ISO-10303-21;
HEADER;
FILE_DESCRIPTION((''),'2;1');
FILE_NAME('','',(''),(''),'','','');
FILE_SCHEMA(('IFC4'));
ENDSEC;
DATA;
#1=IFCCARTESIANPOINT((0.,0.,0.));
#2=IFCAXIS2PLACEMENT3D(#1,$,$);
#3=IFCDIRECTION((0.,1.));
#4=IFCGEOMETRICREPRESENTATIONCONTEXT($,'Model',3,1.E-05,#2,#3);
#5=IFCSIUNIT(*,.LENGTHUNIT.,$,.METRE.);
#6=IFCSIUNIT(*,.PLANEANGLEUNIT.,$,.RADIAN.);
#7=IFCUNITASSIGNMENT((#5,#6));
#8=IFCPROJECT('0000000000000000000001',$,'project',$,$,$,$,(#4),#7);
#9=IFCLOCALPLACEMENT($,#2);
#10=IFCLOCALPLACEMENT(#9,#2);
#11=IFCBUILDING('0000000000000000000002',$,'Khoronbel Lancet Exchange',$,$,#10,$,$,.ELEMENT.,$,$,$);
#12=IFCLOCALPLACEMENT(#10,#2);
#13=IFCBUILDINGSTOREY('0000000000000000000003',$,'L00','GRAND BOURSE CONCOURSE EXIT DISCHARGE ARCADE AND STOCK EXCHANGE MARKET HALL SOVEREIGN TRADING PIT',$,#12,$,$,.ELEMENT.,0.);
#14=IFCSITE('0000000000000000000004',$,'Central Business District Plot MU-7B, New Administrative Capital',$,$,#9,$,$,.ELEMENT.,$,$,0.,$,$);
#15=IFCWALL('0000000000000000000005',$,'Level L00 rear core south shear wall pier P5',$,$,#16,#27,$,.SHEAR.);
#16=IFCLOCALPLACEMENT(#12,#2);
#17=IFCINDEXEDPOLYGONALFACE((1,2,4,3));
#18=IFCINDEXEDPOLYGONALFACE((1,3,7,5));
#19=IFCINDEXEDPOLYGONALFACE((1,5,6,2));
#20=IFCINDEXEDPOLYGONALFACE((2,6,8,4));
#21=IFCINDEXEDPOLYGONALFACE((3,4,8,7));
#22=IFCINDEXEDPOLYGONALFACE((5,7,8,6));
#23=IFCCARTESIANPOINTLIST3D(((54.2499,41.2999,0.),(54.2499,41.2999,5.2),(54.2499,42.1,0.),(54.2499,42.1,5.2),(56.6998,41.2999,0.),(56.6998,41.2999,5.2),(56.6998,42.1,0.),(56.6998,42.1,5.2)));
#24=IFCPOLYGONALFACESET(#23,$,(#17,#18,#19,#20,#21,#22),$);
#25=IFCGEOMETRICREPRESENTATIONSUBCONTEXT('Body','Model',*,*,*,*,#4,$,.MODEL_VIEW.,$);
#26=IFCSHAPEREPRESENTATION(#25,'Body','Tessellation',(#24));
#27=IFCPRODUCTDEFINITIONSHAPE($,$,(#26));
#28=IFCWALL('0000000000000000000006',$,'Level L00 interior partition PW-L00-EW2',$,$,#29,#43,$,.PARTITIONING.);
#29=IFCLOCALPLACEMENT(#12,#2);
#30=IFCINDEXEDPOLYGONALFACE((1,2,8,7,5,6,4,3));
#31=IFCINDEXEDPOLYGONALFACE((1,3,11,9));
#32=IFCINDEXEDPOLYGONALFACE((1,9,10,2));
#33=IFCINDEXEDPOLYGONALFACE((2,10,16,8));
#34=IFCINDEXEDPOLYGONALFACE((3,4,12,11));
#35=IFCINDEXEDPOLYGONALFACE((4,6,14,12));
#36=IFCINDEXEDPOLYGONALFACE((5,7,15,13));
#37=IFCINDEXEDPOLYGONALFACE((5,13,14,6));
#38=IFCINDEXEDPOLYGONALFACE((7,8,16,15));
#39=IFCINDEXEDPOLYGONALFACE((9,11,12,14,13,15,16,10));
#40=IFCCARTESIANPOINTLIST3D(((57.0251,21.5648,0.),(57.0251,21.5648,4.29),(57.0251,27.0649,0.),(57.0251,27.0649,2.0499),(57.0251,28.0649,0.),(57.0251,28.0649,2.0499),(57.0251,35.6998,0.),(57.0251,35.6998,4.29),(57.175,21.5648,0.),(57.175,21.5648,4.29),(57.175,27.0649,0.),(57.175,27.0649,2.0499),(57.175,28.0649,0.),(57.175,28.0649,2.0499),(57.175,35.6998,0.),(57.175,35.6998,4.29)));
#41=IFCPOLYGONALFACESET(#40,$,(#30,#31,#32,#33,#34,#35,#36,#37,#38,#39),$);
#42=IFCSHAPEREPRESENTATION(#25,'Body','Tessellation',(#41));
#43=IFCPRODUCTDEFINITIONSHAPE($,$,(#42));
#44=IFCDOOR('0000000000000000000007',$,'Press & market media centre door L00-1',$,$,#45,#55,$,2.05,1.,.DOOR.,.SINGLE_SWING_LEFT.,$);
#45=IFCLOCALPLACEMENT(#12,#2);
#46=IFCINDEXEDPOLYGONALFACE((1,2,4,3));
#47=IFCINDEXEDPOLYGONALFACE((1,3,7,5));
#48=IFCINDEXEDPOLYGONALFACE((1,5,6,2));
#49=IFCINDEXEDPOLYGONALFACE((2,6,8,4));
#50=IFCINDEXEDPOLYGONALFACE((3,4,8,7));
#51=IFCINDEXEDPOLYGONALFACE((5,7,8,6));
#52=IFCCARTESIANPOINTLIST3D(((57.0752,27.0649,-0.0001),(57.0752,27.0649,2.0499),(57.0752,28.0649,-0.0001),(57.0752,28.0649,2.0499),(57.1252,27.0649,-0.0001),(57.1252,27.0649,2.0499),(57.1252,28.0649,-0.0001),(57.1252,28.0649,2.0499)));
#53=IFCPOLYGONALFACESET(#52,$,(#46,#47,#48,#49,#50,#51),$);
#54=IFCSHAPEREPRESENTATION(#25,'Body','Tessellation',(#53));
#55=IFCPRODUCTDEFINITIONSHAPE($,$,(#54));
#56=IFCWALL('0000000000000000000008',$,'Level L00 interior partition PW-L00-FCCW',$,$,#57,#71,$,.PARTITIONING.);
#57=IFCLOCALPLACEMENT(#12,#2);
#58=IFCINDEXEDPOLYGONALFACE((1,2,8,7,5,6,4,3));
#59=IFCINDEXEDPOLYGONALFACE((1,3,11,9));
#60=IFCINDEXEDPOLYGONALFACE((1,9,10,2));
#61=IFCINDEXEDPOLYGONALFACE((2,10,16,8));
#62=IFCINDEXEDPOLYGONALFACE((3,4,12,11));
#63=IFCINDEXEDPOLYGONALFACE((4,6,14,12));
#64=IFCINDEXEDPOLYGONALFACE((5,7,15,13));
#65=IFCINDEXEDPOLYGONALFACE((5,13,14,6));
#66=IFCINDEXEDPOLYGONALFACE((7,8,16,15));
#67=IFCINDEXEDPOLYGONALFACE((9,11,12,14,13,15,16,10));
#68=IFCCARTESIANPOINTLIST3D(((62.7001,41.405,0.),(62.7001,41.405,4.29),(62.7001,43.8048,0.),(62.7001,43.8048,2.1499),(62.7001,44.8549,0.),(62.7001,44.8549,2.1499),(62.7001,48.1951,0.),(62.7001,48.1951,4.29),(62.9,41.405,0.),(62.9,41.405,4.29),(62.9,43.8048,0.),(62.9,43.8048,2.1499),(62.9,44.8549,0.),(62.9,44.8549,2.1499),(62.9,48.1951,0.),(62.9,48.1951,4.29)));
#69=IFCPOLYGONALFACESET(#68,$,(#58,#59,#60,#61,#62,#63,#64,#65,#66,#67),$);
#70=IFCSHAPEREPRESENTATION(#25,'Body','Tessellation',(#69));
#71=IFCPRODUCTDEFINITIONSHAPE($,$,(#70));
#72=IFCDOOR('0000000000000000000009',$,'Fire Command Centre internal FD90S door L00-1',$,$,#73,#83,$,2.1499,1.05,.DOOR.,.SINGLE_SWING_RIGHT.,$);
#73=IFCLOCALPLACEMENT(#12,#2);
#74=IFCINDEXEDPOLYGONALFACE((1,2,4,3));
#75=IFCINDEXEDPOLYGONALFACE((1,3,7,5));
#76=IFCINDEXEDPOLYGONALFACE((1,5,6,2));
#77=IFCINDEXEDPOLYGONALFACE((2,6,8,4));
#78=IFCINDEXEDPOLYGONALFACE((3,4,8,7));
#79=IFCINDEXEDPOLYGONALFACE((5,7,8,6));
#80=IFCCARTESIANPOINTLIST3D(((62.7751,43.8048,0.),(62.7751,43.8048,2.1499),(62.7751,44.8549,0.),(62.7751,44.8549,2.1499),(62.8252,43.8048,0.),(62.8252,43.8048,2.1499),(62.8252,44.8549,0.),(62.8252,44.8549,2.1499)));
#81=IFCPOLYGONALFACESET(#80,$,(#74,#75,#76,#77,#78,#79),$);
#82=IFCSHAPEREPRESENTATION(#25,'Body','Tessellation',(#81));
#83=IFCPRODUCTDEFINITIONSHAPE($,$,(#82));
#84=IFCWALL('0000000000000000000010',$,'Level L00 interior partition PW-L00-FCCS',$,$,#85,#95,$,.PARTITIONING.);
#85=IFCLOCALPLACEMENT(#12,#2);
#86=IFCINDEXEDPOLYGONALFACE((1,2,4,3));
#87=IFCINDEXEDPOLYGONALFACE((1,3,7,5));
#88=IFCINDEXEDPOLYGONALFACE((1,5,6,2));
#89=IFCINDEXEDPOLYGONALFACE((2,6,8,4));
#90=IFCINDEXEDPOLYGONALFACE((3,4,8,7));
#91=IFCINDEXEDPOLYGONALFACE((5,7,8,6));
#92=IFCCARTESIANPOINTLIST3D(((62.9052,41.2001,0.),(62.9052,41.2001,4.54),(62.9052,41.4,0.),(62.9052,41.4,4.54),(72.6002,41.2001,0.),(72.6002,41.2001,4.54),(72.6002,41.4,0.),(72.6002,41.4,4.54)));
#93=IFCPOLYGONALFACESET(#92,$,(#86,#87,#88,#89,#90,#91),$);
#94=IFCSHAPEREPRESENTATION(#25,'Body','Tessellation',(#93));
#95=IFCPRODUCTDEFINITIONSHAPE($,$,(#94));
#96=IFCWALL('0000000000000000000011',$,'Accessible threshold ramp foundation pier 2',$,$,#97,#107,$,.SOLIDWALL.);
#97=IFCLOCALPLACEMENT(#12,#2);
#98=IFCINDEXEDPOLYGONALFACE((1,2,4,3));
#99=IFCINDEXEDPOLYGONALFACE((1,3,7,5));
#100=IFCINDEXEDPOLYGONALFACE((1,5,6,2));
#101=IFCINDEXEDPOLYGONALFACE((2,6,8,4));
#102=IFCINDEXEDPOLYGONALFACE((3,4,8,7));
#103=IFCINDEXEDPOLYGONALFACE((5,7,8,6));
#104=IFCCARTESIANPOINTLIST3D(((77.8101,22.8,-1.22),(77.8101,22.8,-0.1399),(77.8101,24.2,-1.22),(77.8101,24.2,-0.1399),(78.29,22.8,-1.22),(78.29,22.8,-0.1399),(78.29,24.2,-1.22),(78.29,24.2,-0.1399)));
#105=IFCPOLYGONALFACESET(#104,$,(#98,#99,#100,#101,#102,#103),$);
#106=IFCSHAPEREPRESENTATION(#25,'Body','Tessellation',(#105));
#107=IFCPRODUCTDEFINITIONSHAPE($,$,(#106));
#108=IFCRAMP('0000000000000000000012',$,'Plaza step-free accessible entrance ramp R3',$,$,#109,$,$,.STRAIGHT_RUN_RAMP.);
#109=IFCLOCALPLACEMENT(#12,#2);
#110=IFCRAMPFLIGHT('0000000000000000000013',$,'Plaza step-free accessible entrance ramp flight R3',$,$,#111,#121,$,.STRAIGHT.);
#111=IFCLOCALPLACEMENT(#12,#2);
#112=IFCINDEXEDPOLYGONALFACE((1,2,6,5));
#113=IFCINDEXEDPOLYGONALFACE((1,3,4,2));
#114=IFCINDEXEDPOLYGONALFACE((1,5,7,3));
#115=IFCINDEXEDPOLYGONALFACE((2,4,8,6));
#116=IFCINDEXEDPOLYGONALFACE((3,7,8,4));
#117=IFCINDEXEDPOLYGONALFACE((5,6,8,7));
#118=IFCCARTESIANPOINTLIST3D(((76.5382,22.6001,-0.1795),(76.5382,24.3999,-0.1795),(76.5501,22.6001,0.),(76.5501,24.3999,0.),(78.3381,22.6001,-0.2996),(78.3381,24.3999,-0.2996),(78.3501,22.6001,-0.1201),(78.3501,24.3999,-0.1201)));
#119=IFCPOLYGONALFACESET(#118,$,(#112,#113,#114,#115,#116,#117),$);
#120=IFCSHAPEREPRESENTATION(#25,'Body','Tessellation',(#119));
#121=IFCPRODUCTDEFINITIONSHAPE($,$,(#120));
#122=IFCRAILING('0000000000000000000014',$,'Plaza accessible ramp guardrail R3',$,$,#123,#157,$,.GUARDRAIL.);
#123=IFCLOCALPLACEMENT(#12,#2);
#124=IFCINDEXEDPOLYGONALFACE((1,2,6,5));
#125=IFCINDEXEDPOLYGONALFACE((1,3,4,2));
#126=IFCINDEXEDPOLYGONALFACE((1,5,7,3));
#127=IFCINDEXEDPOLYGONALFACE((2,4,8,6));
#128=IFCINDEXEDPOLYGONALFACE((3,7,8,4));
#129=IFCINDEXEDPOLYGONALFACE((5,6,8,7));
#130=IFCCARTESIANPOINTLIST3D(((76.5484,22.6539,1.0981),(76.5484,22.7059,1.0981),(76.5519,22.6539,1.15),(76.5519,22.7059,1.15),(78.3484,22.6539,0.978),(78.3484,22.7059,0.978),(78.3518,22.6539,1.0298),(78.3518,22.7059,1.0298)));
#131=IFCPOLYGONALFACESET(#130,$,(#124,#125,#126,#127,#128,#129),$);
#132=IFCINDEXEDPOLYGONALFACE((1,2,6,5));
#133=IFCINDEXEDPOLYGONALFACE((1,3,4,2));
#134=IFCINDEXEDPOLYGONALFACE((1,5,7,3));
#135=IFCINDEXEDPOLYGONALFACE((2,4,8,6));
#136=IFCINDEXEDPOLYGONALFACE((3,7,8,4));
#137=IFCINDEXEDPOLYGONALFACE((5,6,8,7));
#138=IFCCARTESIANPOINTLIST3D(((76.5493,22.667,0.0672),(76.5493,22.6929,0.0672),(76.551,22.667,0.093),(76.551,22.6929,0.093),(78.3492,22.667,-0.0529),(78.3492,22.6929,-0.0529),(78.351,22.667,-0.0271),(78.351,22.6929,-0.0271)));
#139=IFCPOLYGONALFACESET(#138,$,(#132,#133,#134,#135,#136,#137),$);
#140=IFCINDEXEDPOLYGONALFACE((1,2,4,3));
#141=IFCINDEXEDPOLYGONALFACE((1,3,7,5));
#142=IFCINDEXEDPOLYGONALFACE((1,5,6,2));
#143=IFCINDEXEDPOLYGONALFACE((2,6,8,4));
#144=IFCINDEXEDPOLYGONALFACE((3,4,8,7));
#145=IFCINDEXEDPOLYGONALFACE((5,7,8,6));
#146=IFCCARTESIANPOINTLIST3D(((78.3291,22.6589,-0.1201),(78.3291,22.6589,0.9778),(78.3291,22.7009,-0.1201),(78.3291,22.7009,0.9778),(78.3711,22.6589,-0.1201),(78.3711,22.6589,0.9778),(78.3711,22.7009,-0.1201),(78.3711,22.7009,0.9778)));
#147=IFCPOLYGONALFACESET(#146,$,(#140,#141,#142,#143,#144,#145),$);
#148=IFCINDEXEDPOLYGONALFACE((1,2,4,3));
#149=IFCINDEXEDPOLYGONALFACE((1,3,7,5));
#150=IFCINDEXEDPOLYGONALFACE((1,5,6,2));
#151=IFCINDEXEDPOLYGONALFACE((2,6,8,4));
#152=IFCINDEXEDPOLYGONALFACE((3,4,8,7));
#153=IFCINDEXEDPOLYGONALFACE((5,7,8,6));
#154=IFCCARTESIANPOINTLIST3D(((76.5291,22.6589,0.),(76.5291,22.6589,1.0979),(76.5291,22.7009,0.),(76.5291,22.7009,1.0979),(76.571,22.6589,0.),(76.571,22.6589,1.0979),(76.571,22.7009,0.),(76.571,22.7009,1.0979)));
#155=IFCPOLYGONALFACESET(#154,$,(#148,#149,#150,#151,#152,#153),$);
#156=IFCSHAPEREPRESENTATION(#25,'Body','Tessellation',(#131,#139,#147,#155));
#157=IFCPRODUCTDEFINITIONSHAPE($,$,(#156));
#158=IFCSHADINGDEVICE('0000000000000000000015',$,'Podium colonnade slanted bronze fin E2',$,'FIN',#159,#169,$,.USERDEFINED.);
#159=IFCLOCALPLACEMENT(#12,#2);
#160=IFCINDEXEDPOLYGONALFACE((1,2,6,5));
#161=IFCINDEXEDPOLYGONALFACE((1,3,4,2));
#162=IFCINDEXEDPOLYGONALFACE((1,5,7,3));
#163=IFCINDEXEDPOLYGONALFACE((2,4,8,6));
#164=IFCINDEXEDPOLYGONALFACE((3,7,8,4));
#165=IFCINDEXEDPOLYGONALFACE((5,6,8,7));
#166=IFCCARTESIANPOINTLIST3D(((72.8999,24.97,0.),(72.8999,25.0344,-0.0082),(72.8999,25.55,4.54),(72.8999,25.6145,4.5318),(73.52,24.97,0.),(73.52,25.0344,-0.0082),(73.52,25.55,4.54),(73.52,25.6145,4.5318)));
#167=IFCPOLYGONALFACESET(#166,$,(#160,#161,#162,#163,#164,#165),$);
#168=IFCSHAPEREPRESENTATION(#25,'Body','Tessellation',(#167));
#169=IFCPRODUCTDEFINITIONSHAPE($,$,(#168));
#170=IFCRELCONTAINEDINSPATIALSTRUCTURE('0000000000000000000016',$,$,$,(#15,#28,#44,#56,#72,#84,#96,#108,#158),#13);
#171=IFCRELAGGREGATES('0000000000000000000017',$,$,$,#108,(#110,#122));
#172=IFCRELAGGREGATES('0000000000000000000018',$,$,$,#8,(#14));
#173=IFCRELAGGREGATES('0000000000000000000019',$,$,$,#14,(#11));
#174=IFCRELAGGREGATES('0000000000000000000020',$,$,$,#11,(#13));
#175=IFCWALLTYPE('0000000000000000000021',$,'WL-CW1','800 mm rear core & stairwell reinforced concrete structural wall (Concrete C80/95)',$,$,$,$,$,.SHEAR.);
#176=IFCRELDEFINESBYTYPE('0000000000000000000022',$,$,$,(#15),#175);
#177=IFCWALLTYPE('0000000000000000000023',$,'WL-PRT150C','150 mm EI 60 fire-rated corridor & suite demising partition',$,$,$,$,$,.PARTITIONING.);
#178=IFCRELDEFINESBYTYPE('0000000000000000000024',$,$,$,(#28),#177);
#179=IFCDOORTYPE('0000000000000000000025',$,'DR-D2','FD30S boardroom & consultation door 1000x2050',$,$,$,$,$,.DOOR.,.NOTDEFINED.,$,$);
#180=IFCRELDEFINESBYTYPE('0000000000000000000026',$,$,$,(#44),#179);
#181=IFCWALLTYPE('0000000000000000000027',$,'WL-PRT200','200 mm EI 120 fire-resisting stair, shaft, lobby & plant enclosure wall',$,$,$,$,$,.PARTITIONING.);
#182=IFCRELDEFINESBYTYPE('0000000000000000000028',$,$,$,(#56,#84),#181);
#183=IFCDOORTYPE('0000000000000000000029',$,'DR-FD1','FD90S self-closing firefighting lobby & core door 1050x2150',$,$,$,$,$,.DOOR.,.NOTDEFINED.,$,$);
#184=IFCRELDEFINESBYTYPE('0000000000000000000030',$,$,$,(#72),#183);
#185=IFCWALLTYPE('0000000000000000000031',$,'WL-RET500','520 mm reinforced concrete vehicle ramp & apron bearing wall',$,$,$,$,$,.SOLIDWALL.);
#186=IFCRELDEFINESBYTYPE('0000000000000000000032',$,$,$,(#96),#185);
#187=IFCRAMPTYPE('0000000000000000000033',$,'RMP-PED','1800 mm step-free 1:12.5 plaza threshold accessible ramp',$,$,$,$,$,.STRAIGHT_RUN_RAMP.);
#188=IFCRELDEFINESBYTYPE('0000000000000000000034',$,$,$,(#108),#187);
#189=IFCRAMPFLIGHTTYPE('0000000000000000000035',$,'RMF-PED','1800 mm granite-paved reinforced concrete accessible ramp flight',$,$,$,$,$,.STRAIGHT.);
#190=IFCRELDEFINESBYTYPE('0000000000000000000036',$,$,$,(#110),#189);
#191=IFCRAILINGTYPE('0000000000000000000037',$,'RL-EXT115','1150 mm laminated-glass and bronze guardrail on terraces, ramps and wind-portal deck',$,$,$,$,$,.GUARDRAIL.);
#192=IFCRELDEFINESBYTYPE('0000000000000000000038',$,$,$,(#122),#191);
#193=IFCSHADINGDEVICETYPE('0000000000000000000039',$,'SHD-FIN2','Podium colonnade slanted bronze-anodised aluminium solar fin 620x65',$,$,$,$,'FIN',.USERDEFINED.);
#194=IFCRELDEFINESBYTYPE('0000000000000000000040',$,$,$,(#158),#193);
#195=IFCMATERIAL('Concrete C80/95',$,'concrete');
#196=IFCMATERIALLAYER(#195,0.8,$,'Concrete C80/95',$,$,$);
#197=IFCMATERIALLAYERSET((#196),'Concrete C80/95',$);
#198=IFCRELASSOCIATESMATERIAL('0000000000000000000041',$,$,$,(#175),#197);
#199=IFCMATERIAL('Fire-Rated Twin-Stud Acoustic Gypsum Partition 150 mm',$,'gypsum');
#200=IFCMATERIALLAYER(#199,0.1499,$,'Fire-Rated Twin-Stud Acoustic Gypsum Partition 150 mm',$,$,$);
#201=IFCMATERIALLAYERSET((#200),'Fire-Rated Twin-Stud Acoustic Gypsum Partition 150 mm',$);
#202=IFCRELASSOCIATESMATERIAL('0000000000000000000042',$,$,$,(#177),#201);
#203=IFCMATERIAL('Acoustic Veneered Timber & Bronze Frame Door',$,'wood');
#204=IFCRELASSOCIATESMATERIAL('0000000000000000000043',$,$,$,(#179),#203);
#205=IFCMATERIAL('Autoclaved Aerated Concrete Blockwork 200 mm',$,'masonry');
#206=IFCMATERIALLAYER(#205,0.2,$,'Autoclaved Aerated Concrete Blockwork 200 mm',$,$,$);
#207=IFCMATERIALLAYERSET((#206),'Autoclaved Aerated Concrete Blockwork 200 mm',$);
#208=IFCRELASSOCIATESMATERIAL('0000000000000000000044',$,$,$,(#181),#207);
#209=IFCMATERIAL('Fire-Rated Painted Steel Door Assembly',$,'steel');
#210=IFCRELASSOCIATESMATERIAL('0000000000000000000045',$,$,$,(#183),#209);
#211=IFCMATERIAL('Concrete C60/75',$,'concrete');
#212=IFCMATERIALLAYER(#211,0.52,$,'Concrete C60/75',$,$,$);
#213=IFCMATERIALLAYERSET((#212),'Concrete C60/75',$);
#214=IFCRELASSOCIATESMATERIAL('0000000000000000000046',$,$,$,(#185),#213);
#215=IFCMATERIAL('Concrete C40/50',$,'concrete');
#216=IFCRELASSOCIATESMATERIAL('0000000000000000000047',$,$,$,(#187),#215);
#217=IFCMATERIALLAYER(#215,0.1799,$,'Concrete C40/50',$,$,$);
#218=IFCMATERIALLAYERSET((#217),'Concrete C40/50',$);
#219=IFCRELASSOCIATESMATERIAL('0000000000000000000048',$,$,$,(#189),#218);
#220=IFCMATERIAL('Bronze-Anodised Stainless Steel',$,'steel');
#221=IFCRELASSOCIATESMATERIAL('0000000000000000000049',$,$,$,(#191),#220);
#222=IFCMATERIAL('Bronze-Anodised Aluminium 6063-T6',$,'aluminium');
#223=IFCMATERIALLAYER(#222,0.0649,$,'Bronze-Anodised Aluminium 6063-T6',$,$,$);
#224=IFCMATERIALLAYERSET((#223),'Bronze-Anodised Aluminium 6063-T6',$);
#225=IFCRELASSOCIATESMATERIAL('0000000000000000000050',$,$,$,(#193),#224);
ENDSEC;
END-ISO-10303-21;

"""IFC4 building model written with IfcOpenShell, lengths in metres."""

from ifc_helpers import new_model, si_unit, direction, frame, frame_2d, origin, origin_2d, place, context, subcontext, project, spatial, polyline, rectangle, outline, extrude, material, layer, layer_set, type_object, element, fill, aggregate, save


model = new_model("IFC4")

# Units and contexts
model_context = context("Model", 3, precision=1e-05, world=origin(), true_north=direction((0.0, 1.0)))
body_context = subcontext(model_context, "Body", "Model", "MODEL_VIEW")
ifc_project = project(units=[si_unit("LENGTHUNIT", "METRE"), si_unit("PLANEANGLEUNIT", "RADIAN")], contexts=[model_context])

# Site, building, storey
site_placement = place(None, origin())
site = spatial("IfcSite", under=ifc_project, at=site_placement, Name="Central Business District Plot MU-7B, New Administrative Capital", CompositionType="ELEMENT", RefElevation=0.0)
building_placement = place(site_placement, origin())
building = spatial("IfcBuilding", under=site, at=building_placement, Name="Khoronbel Lancet Exchange", CompositionType="ELEMENT")
storey_placement = place(building_placement, origin())
storey = spatial("IfcBuildingStorey", under=building, at=storey_placement, Name="L00", Description="GRAND BOURSE CONCOURSE EXIT DISCHARGE ARCADE AND STOCK EXCHANGE MARKET HALL SOVEREIGN TRADING PIT", CompositionType="ELEMENT", Elevation=0.0)

# Shared definitions
ifc_material_1 = material(Name="Concrete C60/75", Category="concrete")

# Wall
ifc_material_2 = material(Name="Concrete C80/95", Category="concrete")
ifc_layer_1 = layer(ifc_material_2, 0.8, Name="Concrete C80/95")
ifc_layer_set_1 = layer_set([ifc_layer_1], Name="Concrete C80/95")
wall_type_1 = type_object("IfcWallType", Name="WL-CW1", Description="800 mm rear core & stairwell reinforced concrete structural wall (Concrete C80/95)", PredefinedType="SHEAR", material=ifc_layer_set_1)
wall_1_placement = place(storey_placement, frame((56.7, 41.7, 0.0), z_axis=(0.0, 0.0, 1.0), x_axis=(-1.0, 0.0, 0.0)))
element("IfcWall", 1, at=wall_1_placement, inside=storey, type_object=wall_type_1, Name="Level L00 rear core south shear wall pier P5", PredefinedType="SHEAR", context=body_context, shape_type="SweptSolid", body=[
    extrude(rectangle(XDim=2.45, YDim=0.8, at=frame_2d((1.2251, 0.0))), origin(), (0.0, 0.0, 1.0), 5.2),
])

# Walls, openings, doors
ifc_material_3 = material(Name="Fire-Rated Twin-Stud Acoustic Gypsum Partition 150 mm", Category="gypsum")
ifc_layer_2 = layer(ifc_material_3, 0.1499, Name="Fire-Rated Twin-Stud Acoustic Gypsum Partition 150 mm")
ifc_layer_set_2 = layer_set([ifc_layer_2], Name="Fire-Rated Twin-Stud Acoustic Gypsum Partition 150 mm")
wall_type_2 = type_object("IfcWallType", Name="WL-PRT150C", Description="150 mm EI 60 fire-rated corridor & suite demising partition", PredefinedType="PARTITIONING", material=ifc_layer_set_2)
wall_2_placement = place(storey_placement, frame((57.1001, 21.5649, 0.0), z_axis=(0.0, 0.0, 1.0), x_axis=(0.0, 1.0, 0.0)))
wall_2 = element("IfcWall", 2, at=wall_2_placement, inside=storey, type_object=wall_type_2, Name="Level L00 interior partition PW-L00-EW2", PredefinedType="PARTITIONING", context=body_context, shape_type="SweptSolid", body=[
    extrude(rectangle(XDim=14.135, YDim=0.1499, at=frame_2d((7.0674, 0.0))), origin(), (0.0, 0.0, 1.0), 4.29),
])
opening_1_placement = place(wall_2_placement, frame((5.5, 0.0, 0.0)))
opening_1 = element("IfcOpeningElement", 3, at=opening_1_placement, cuts=wall_2, PredefinedType="OPENING", context=body_context, shape_type="SweptSolid", body=[
    extrude(rectangle(XDim=1.0, YDim=2.05, at=frame_2d((0.5, 1.0249))), frame((0.0, 0.085, 0.0), z_axis=(0.0, -1.0, 0.0), x_axis=(1.0, 0.0, 0.0)), (0.0, 0.0, 1.0), 0.1699),
])
ifc_material_4 = material(Name="Acoustic Veneered Timber & Bronze Frame Door", Category="wood")
door_type_1 = type_object("IfcDoorType", Name="DR-D2", Description="FD30S boardroom & consultation door 1000x2050", OperationType="NOTDEFINED", PredefinedType="DOOR", material=ifc_material_4)
door_1_placement = place(opening_1_placement, origin())
door_1 = element("IfcDoor", 4, at=door_1_placement, inside=storey, type_object=door_type_1, Name="Press & market media centre door L00-1", OperationType="SINGLE_SWING_LEFT", OverallHeight=2.05, OverallWidth=1.0, PredefinedType="DOOR", context=body_context, shape_type="SweptSolid", body=[
    extrude(rectangle(XDim=1.0, YDim=2.05, at=frame_2d((0.5, 1.0249))), frame((0.0, 0.0249, 0.0), z_axis=(0.0, -1.0, 0.0), x_axis=(1.0, 0.0, 0.0)), (0.0, 0.0, 1.0), 0.05),
])
fill(opening_1, door_1)
ifc_material_5 = material(Name="Autoclaved Aerated Concrete Blockwork 200 mm", Category="masonry")
ifc_layer_3 = layer(ifc_material_5, 0.2, Name="Autoclaved Aerated Concrete Blockwork 200 mm")
ifc_layer_set_3 = layer_set([ifc_layer_3], Name="Autoclaved Aerated Concrete Blockwork 200 mm")
wall_type_3 = type_object("IfcWallType", Name="WL-PRT200", Description="200 mm EI 120 fire-resisting stair, shaft, lobby & plant enclosure wall", PredefinedType="PARTITIONING", material=ifc_layer_set_3)
wall_3_placement = place(storey_placement, frame((62.8, 41.405, 0.0), z_axis=(0.0, 0.0, 1.0), x_axis=(0.0, 1.0, 0.0)))
wall_3 = element("IfcWall", 5, at=wall_3_placement, inside=storey, type_object=wall_type_3, Name="Level L00 interior partition PW-L00-FCCW", PredefinedType="PARTITIONING", context=body_context, shape_type="SweptSolid", body=[
    extrude(rectangle(XDim=6.79, YDim=0.2, at=frame_2d((3.395, 0.0))), origin(), (0.0, 0.0, 1.0), 4.29),
])
opening_2_placement = place(wall_3_placement, frame((2.3999, 0.0, 0.0)))
opening_2 = element("IfcOpeningElement", 6, at=opening_2_placement, cuts=wall_3, PredefinedType="OPENING", context=body_context, shape_type="SweptSolid", body=[
    extrude(rectangle(XDim=1.05, YDim=2.1499, at=frame_2d((0.5249, 1.075))), frame((0.0, 0.1099, 0.0), z_axis=(0.0, -1.0, 0.0), x_axis=(1.0, 0.0, 0.0)), (0.0, 0.0, 1.0), 0.22),
])
ifc_material_6 = material(Name="Fire-Rated Painted Steel Door Assembly", Category="steel")
door_type_2 = type_object("IfcDoorType", Name="DR-FD1", Description="FD90S self-closing firefighting lobby & core door 1050x2150", OperationType="NOTDEFINED", PredefinedType="DOOR", material=ifc_material_6)
door_2_placement = place(opening_2_placement, origin())
door_2 = element("IfcDoor", 7, at=door_2_placement, inside=storey, type_object=door_type_2, Name="Fire Command Centre internal FD90S door L00-1", OperationType="SINGLE_SWING_RIGHT", OverallHeight=2.1499, OverallWidth=1.05, PredefinedType="DOOR", context=body_context, shape_type="SweptSolid", body=[
    extrude(rectangle(XDim=1.05, YDim=2.1499, at=frame_2d((0.5249, 1.075))), frame((0.0, 0.0249, 0.0), z_axis=(0.0, -1.0, 0.0), x_axis=(1.0, 0.0, 0.0)), (0.0, 0.0, 1.0), 0.05),
])
fill(opening_2, door_2)

# Walls
wall_4_placement = place(storey_placement, frame((62.905, 41.3, 0.0), z_axis=(0.0, 0.0, 1.0), x_axis=(1.0, 0.0, 0.0)))
element("IfcWall", 8, at=wall_4_placement, inside=storey, type_object=wall_type_3, Name="Level L00 interior partition PW-L00-FCCS", PredefinedType="PARTITIONING", context=body_context, shape_type="SweptSolid", body=[
    extrude(rectangle(XDim=9.6951, YDim=0.2, at=frame_2d((4.8477, 0.0))), origin(), (0.0, 0.0, 1.0), 4.54),
])
ifc_layer_4 = layer(ifc_material_1, 0.52, Name="Concrete C60/75")
ifc_layer_set_4 = layer_set([ifc_layer_4], Name="Concrete C60/75")
wall_type_4 = type_object("IfcWallType", Name="WL-RET500", Description="520 mm reinforced concrete vehicle ramp & apron bearing wall", PredefinedType="SOLIDWALL", material=ifc_layer_set_4)
wall_5_placement = place(storey_placement, frame((78.05, 22.8, -1.22), z_axis=(0.0, 0.0, 1.0), x_axis=(0.0, 1.0, 0.0)))
element("IfcWall", 9, at=wall_5_placement, inside=storey, type_object=wall_type_4, Name="Accessible threshold ramp foundation pier 2", PredefinedType="SOLIDWALL", context=body_context, shape_type="SweptSolid", body=[
    extrude(rectangle(XDim=1.3999, YDim=0.48, at=frame_2d((0.7, 0.0))), origin(), (0.0, 0.0, 1.0), 1.0801),
])

# Ramp, ramp flight, railing
ifc_material_7 = material(Name="Concrete C40/50", Category="concrete")
ramp_type = type_object("IfcRampType", Name="RMP-PED", Description="1800 mm step-free 1:12.5 plaza threshold accessible ramp", PredefinedType="STRAIGHT_RUN_RAMP", material=ifc_material_7)
ramp_placement = place(storey_placement, origin())
ramp = element("IfcRamp", 10, at=ramp_placement, inside=storey, type_object=ramp_type, Name="Plaza step-free accessible entrance ramp R3", PredefinedType="STRAIGHT_RUN_RAMP")
ifc_layer_5 = layer(ifc_material_7, 0.1799, Name="Concrete C40/50")
ifc_layer_set_5 = layer_set([ifc_layer_5], Name="Concrete C40/50")
ramp_flight_type = type_object("IfcRampFlightType", Name="RMF-PED", Description="1800 mm granite-paved reinforced concrete accessible ramp flight", PredefinedType="STRAIGHT", material=ifc_layer_set_5)
ramp_flight_placement = place(storey_placement, frame((78.3501, 22.6001, -0.1201), z_axis=(0.066582, 0.0, 0.997781), x_axis=(0.0, 1.0, 0.0)))
ramp_flight = element("IfcRampFlight", 11, at=ramp_flight_placement, type_object=ramp_flight_type, Name="Plaza step-free accessible entrance ramp flight R3", PredefinedType="STRAIGHT", context=body_context, shape_type="SweptSolid", body=[
    extrude(outline(polyline([(0.0, 0.0), (1.7998, 0.0), (1.7998, 1.804), (0.0, 1.804), (0.0, 0.0)])), origin(), (0.0, 0.0, -1.0), 0.1799),
])
ifc_material_8 = material(Name="Bronze-Anodised Stainless Steel", Category="steel")
railing_type = type_object("IfcRailingType", Name="RL-EXT115", Description="1150 mm laminated-glass and bronze guardrail on terraces, ramps and wind-portal deck", PredefinedType="GUARDRAIL", material=ifc_material_8)
railing_placement = place(storey_placement, frame((78.3501, 22.6799, -0.1201)))
railing = element("IfcRailing", 12, at=railing_placement, type_object=railing_type, Name="Plaza accessible ramp guardrail R3", PredefinedType="GUARDRAIL", context=body_context, shape_type="SweptSolid", body=[
    extrude(rectangle(XDim=0.052, YDim=0.052, at=origin_2d()), frame((0.0, 0.0, 1.124), z_axis=(-0.997781, 0.0, 0.066582), x_axis=(0.0, -1.0, 0.0)), (0.0, 0.0, 1.0), 1.804),
    extrude(rectangle(XDim=0.0259, YDim=0.0259, at=origin_2d()), frame((0.0, 0.0, 0.0801), z_axis=(-0.997781, 0.0, 0.066582), x_axis=(0.0, -1.0, 0.0)), (0.0, 0.0, 1.0), 1.804),
    extrude(rectangle(XDim=0.042, YDim=0.042, at=origin_2d()), origin(), (0.0, 0.0, 1.0), 1.0979),
    extrude(rectangle(XDim=0.042, YDim=0.042, at=origin_2d()), frame((-1.8, 0.0, 0.1201)), (0.0, 0.0, 1.0), 1.0979),
])
aggregate(ramp, [ramp_flight, railing])

# Shading device
ifc_material_9 = material(Name="Bronze-Anodised Aluminium 6063-T6", Category="aluminium")
ifc_layer_6 = layer(ifc_material_9, 0.0649, Name="Bronze-Anodised Aluminium 6063-T6")
ifc_layer_set_6 = layer_set([ifc_layer_6], Name="Bronze-Anodised Aluminium 6063-T6")
shading_device_type = type_object("IfcShadingDeviceType", Name="SHD-FIN2", Description="Podium colonnade slanted bronze-anodised aluminium solar fin 620x65", ElementType="FIN", PredefinedType="USERDEFINED", material=ifc_layer_set_6)
for number, where, z_axis, x_axis, name in (
    (13, (72.8999, 24.97, 0.0), (0.0, -0.991936, 0.126739), (1.0, 0.0, 0.0), "Podium colonnade slanted bronze fin E2"),
):
    element("IfcShadingDevice", number, at=place(storey_placement, frame(where, z_axis=z_axis, x_axis=x_axis)), inside=storey, type_object=shading_device_type, Name=name, ObjectType="FIN", PredefinedType="USERDEFINED", context=body_context, shape_type="SweptSolid", body=[
        extrude(outline(polyline([(0.0, 0.0), (0.6201, 0.0), (0.6201, 4.5769), (0.0, 4.5769), (0.0, 0.0)])), origin(), (0.0, 0.0, -1.0), 0.0649),
    ])

save(model, "model.ifc")
